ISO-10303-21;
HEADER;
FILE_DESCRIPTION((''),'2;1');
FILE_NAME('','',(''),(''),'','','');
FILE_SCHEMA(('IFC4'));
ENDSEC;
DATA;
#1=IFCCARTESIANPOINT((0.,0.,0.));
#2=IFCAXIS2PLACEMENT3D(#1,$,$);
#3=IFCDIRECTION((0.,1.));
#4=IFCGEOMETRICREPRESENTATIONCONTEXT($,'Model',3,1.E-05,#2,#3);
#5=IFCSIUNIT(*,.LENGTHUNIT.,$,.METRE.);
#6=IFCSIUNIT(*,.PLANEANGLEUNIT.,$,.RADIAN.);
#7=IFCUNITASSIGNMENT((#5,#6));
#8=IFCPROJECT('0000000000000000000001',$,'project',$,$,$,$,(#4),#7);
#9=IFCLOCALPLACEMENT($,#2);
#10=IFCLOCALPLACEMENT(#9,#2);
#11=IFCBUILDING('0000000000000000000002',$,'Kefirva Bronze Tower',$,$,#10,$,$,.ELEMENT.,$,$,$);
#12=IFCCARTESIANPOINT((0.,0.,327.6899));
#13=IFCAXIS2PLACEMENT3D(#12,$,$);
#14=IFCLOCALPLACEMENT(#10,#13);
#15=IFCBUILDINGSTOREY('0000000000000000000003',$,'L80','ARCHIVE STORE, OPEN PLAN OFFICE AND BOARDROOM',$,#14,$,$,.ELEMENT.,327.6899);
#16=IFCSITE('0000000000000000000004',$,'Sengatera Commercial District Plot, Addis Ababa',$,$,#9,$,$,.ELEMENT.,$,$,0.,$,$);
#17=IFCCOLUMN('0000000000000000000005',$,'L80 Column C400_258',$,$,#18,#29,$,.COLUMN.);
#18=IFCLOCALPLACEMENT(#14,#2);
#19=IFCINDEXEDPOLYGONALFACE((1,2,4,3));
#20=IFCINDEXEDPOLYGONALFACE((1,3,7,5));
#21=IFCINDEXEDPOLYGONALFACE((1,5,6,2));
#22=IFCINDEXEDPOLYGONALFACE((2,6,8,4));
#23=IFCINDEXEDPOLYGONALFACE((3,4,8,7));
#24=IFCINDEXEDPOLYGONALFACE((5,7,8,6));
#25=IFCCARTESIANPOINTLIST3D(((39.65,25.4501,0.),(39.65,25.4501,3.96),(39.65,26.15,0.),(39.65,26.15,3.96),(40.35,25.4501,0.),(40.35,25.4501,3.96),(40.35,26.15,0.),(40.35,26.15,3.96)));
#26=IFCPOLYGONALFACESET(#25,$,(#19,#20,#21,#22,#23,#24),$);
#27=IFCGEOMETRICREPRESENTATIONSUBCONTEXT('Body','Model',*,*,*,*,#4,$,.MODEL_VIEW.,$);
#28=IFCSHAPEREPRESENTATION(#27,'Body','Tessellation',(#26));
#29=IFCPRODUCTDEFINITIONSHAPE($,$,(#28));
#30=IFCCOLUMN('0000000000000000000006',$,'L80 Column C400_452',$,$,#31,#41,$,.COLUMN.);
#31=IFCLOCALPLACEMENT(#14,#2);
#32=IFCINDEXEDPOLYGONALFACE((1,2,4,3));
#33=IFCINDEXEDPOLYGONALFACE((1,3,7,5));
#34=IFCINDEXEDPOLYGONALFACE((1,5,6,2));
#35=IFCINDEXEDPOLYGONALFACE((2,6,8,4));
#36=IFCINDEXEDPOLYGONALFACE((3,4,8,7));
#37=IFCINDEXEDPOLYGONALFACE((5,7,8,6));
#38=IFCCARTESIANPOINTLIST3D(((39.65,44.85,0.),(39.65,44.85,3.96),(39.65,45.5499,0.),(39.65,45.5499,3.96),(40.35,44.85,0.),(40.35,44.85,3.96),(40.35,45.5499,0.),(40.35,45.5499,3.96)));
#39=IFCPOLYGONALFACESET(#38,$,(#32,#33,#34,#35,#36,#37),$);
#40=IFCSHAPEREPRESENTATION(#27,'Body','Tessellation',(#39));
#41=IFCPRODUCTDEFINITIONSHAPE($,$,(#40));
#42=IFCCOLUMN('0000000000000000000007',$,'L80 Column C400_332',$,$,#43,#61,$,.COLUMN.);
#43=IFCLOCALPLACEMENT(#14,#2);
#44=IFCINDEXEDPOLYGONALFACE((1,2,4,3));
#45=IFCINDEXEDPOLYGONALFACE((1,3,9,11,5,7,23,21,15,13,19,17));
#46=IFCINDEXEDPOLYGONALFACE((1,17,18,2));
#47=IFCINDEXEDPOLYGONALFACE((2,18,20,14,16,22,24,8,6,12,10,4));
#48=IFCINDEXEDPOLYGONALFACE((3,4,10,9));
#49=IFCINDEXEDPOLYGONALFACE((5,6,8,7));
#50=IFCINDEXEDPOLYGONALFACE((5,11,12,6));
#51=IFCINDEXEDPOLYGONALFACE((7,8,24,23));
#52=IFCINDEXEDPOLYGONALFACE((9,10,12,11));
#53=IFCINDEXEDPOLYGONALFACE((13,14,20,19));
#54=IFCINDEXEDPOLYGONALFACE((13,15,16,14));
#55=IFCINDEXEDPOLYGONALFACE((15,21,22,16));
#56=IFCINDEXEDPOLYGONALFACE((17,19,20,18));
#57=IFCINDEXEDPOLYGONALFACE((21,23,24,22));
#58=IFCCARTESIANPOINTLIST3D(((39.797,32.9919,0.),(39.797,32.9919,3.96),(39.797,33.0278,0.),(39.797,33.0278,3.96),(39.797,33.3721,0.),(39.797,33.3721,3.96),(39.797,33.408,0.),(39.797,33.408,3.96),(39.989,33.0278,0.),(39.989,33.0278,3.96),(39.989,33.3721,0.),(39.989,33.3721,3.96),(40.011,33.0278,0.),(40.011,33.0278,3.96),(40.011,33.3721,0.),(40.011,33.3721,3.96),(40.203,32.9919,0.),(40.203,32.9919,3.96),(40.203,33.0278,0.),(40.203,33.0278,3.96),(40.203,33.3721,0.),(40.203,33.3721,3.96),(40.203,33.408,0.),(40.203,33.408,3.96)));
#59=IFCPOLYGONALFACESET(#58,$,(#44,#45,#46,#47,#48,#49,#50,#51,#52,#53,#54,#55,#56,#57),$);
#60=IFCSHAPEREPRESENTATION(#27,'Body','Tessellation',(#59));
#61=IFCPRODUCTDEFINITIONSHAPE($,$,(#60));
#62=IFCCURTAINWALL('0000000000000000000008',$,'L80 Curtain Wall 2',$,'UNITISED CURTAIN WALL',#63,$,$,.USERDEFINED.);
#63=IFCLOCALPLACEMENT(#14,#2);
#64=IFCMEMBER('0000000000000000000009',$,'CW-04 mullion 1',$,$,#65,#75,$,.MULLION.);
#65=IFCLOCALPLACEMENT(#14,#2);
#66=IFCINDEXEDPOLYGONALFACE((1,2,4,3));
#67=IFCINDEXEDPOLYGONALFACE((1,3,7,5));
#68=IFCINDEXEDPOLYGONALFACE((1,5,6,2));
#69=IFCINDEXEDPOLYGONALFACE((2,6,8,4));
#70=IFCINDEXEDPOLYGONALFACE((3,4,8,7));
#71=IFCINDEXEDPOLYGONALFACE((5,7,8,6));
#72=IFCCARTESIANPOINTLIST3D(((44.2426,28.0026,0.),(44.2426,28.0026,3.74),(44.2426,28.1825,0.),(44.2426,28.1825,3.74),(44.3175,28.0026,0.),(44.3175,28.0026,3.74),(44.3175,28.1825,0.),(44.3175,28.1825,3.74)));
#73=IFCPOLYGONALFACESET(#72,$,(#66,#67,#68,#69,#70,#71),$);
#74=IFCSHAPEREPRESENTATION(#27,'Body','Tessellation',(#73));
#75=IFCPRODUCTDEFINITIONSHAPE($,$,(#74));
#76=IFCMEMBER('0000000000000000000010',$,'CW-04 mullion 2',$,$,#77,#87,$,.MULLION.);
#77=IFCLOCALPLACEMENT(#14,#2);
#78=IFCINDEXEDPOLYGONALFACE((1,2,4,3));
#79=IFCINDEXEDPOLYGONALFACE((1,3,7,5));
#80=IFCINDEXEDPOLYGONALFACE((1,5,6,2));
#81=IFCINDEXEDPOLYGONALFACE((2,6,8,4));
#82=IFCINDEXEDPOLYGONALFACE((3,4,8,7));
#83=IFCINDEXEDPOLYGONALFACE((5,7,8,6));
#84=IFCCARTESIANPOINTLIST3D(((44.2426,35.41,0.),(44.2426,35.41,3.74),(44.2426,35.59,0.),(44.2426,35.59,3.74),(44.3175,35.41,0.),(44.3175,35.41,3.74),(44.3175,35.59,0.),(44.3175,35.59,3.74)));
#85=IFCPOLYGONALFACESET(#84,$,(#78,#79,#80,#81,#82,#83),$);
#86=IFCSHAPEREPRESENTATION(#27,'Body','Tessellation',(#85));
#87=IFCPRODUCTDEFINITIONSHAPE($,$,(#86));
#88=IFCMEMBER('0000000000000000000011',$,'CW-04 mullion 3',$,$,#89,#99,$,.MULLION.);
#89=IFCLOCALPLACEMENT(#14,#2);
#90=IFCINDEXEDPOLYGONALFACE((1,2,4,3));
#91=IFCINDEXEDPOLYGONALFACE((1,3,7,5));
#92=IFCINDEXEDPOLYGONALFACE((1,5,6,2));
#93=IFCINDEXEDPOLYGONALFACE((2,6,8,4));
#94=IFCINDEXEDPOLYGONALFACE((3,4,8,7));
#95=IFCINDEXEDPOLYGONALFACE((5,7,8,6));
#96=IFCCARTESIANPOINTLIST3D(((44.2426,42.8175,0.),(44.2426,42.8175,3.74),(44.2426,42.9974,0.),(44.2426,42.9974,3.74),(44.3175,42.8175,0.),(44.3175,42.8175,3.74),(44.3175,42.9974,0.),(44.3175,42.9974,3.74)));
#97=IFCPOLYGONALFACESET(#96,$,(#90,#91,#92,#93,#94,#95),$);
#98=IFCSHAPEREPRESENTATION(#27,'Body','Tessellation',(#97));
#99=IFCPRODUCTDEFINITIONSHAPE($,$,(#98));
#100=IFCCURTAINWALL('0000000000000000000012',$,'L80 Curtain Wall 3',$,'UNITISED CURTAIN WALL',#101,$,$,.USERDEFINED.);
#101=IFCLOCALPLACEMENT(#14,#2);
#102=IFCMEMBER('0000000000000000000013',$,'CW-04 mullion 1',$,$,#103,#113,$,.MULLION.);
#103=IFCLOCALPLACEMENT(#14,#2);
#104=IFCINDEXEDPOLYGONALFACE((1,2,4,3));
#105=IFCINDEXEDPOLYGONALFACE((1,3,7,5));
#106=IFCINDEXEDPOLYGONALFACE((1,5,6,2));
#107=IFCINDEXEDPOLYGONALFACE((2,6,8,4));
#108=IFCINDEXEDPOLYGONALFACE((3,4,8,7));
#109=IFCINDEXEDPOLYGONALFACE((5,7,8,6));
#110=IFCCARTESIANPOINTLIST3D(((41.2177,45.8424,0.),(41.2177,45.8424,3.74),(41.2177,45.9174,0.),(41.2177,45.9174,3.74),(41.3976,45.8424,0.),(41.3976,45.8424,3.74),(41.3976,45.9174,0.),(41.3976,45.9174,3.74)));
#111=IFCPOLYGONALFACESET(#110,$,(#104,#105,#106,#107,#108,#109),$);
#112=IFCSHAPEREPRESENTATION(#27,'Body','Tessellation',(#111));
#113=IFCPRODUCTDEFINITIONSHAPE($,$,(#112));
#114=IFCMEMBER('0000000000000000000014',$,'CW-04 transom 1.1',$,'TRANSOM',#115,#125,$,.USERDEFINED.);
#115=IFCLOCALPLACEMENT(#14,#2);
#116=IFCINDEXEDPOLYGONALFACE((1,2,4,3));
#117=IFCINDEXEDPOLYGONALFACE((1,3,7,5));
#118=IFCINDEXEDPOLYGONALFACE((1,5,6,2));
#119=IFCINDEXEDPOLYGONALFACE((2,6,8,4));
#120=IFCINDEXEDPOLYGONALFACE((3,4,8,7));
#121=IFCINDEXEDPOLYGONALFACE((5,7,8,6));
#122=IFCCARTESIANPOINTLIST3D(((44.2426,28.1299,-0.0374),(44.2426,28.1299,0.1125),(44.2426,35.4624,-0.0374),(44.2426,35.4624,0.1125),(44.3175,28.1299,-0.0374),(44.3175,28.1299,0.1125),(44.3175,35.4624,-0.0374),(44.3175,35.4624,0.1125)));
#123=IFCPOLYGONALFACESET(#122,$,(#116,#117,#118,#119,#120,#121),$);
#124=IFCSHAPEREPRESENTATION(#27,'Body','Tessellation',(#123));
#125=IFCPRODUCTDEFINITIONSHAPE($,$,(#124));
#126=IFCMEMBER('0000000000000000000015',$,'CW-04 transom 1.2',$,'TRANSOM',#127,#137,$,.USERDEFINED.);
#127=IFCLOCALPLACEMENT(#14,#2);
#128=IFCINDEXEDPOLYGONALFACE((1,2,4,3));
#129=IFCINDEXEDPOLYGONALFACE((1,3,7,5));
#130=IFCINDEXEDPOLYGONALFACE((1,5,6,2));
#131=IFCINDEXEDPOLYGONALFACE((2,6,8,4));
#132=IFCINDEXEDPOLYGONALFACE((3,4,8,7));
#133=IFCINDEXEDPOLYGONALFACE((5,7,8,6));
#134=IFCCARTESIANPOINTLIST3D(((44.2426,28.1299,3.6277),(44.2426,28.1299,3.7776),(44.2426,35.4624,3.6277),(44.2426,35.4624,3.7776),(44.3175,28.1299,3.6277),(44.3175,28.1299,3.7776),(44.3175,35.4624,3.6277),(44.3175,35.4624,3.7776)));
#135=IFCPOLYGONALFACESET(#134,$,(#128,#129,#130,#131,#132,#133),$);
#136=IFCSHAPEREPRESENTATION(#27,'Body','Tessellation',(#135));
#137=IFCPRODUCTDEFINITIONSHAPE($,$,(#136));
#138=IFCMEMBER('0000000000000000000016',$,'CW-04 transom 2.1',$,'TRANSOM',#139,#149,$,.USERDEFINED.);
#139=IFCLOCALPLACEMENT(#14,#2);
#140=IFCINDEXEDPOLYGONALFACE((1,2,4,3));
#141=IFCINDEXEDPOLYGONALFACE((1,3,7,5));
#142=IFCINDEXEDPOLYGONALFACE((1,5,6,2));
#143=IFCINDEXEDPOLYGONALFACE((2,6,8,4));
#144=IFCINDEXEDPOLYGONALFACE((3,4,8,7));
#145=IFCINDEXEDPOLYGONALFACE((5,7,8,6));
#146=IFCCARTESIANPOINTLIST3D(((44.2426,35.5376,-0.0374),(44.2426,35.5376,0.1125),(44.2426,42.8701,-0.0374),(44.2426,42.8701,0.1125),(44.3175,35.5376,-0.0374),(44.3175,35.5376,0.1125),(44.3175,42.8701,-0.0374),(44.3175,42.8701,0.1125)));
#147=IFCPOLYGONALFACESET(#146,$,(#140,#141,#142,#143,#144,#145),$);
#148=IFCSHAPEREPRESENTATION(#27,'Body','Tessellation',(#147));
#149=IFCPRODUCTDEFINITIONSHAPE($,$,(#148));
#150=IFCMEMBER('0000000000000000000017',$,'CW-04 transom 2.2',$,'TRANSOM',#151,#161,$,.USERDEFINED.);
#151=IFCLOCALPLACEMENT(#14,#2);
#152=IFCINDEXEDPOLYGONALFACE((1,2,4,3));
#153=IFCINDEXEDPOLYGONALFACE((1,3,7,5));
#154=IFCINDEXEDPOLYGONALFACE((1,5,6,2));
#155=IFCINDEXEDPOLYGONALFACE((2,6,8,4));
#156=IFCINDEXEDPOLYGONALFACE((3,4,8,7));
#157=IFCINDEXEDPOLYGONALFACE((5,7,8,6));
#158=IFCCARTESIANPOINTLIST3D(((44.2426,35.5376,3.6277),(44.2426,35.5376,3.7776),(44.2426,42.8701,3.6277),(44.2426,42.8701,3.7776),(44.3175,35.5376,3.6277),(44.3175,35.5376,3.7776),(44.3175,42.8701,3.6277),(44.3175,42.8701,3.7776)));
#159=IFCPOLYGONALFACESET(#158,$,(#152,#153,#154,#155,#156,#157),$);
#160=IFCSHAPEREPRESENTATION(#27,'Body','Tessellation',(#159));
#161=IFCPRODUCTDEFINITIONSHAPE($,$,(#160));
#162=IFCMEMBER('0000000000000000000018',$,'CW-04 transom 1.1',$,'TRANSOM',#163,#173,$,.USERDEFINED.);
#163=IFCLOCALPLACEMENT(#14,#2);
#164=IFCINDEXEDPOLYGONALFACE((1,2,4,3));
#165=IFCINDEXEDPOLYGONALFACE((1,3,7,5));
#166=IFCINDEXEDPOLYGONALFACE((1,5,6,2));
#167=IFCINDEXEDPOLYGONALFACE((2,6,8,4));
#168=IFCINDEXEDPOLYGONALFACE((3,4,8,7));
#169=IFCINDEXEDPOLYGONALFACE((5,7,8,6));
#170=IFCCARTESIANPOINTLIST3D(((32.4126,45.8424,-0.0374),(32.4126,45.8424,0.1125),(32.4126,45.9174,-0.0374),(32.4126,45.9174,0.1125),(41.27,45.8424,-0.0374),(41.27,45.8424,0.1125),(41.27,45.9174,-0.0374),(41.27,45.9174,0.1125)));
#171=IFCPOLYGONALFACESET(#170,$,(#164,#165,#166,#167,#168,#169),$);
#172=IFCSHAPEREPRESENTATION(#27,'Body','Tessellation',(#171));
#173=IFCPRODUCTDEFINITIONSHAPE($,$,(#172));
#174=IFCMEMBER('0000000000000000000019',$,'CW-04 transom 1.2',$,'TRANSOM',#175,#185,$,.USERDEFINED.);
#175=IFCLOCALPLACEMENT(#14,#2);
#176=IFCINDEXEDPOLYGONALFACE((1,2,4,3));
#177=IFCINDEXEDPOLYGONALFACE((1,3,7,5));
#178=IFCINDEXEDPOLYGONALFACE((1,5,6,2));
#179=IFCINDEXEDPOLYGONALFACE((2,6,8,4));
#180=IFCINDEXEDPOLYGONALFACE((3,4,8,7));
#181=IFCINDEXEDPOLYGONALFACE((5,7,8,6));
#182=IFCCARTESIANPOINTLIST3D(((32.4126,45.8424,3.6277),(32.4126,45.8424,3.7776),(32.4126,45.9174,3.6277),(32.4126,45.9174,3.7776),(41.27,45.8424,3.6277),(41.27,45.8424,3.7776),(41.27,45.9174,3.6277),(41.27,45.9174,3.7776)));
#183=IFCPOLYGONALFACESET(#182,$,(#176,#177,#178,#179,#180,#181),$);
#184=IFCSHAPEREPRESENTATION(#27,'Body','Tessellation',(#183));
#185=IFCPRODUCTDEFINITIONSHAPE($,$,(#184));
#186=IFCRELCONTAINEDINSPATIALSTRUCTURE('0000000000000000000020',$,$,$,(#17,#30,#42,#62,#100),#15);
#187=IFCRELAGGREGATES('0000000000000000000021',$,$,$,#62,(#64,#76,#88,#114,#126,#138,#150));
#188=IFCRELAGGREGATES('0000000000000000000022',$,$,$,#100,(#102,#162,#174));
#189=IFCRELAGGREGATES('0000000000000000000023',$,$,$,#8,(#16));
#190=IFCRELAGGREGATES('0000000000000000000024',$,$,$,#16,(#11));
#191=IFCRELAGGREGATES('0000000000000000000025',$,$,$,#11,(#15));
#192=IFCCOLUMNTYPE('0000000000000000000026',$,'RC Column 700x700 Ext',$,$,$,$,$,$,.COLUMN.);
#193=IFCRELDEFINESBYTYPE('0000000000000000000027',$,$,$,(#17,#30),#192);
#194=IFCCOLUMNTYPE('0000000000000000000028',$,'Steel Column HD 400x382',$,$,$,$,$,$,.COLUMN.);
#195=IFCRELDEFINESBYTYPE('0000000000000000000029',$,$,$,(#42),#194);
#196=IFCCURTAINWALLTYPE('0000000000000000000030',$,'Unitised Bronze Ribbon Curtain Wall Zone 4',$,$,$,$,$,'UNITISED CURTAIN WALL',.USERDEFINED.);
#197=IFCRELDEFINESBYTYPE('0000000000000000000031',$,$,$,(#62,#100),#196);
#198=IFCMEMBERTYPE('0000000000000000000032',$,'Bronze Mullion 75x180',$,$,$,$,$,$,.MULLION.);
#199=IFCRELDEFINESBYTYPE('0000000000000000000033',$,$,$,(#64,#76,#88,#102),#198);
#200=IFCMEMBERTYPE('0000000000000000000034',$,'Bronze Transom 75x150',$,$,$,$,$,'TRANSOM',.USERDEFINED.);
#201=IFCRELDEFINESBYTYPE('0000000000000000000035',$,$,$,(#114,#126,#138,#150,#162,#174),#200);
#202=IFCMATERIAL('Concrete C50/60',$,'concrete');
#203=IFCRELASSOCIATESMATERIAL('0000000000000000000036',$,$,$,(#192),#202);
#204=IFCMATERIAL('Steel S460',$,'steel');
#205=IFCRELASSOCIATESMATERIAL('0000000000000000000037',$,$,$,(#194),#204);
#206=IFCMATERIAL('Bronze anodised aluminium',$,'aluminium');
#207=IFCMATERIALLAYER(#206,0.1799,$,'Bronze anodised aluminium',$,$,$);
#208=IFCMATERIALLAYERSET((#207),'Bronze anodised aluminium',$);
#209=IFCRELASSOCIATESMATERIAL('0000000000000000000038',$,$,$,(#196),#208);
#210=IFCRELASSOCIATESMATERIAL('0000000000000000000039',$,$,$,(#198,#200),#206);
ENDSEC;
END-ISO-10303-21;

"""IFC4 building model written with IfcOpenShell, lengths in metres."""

from ifc_helpers import new_model, si_unit, direction, frame, origin, origin_2d, place, context, subcontext, project, spatial, rectangle, i_section, extrude, material, layer, layer_set, material_profile, profile_set, type_object, element, aggregate, save


model = new_model("IFC4")

# Units and contexts
model_context = context("Model", 3, precision=1e-05, world=origin(), true_north=direction((0.0, 1.0)))
body_context = subcontext(model_context, "Body", "Model", "MODEL_VIEW")
ifc_project = project(units=[si_unit("LENGTHUNIT", "METRE"), si_unit("PLANEANGLEUNIT", "RADIAN")], contexts=[model_context])

# Site, building, storey
site_placement = place(None, origin())
site = spatial("IfcSite", under=ifc_project, at=site_placement, Name="Sengatera Commercial District Plot, Addis Ababa", CompositionType="ELEMENT", RefElevation=0.0)
building_placement = place(site_placement, origin())
building = spatial("IfcBuilding", under=site, at=building_placement, Name="Kefirva Bronze Tower", CompositionType="ELEMENT")
storey_placement = place(building_placement, frame((0.0, 0.0, 327.6899)))
storey = spatial("IfcBuildingStorey", under=building, at=storey_placement, Name="L80", Description="ARCHIVE STORE, OPEN PLAN OFFICE AND BOARDROOM", CompositionType="ELEMENT", Elevation=327.6899)

# Columns
ifc_material_1 = material(Name="Concrete C50/60", Category="concrete")
ifc_material_profile_1 = material_profile(ifc_material_1, rectangle(XDim=0.7, YDim=0.7, at=origin_2d()), Name="RC 700x700")
ifc_profile_set_1 = profile_set([ifc_material_profile_1], Name="Concrete C50/60")
column_type_1 = type_object("IfcColumnType", Name="RC Column 700x700 Ext", PredefinedType="COLUMN", material=ifc_profile_set_1)
for number, where, z_axis, x_axis, name in (
    (1, (40.0, 25.8, 0.0), (0.0, 0.0, 1.0), (1.0, 0.0, 0.0), "L80 Column C400_258"),
    (2, (40.0, 45.2, 0.0), (0.0, 0.0, 1.0), (1.0, 0.0, 0.0), "L80 Column C400_452"),
):
    element("IfcColumn", number, at=place(storey_placement, frame(where, z_axis=z_axis, x_axis=x_axis)), inside=storey, type_object=column_type_1, Name=name, PredefinedType="COLUMN", context=body_context, shape_type="SweptSolid", body=[
        extrude(rectangle(XDim=0.7, YDim=0.7, at=origin_2d()), origin(), (0.0, 0.0, 1.0), 3.96),
    ])
ifc_material_2 = material(Name="Steel S460", Category="steel")
ifc_material_profile_2 = material_profile(ifc_material_2, i_section(OverallWidth=0.406, OverallDepth=0.416, WebThickness=0.022, FlangeThickness=0.0359, at=origin_2d()), Name="HD 400x382")
ifc_profile_set_2 = profile_set([ifc_material_profile_2], Name="Steel S460")
column_type_2 = type_object("IfcColumnType", Name="Steel Column HD 400x382", PredefinedType="COLUMN", material=ifc_profile_set_2)
column_placement = place(storey_placement, frame((40.0, 33.2, 0.0), z_axis=(0.0, 0.0, 1.0), x_axis=(1.0, 0.0, 0.0)))
element("IfcColumn", 3, at=column_placement, inside=storey, type_object=column_type_2, Name="L80 Column C400_332", PredefinedType="COLUMN", context=body_context, shape_type="SweptSolid", body=[
    extrude(i_section(OverallWidth=0.406, OverallDepth=0.416, WebThickness=0.022, FlangeThickness=0.0359, at=origin_2d()), origin(), (0.0, 0.0, 1.0), 3.96),
])

# Curtain wall, members
ifc_material_3 = material(Name="Bronze anodised aluminium", Category="aluminium")
ifc_layer_1 = layer(ifc_material_3, 0.1799, Name="Bronze anodised aluminium")
ifc_layer_set_1 = layer_set([ifc_layer_1], Name="Bronze anodised aluminium")
curtain_wall_type = type_object("IfcCurtainWallType", Name="Unitised Bronze Ribbon Curtain Wall Zone 4", ElementType="UNITISED CURTAIN WALL", PredefinedType="USERDEFINED", material=ifc_layer_set_1)
curtain_wall_1_placement = place(storey_placement, origin())
curtain_wall_1 = element("IfcCurtainWall", 4, at=curtain_wall_1_placement, inside=storey, type_object=curtain_wall_type, Name="L80 Curtain Wall 2", ObjectType="UNITISED CURTAIN WALL", PredefinedType="USERDEFINED")
ifc_material_profile_3 = material_profile(ifc_material_3, rectangle(XDim=0.075, YDim=0.1799, at=origin_2d()), Name="ALU 75x180")
ifc_profile_set_3 = profile_set([ifc_material_profile_3], Name="Bronze anodised aluminium")
member_type_1 = type_object("IfcMemberType", Name="Bronze Mullion 75x180", PredefinedType="MULLION", material=ifc_profile_set_3)
member_1_placement = place(storey_placement, frame((44.28, 28.0925, 0.0), z_axis=(0.0, 0.0, 1.0), x_axis=(-1.0, 0.0, 0.0)))
member_1 = element("IfcMember", 5, at=member_1_placement, type_object=member_type_1, Name="CW-04 mullion 1", PredefinedType="MULLION", context=body_context, shape_type="SweptSolid", body=[
    extrude(rectangle(XDim=0.075, YDim=0.1799, at=origin_2d()), origin(), (0.0, 0.0, 1.0), 3.74),
])
member_2_placement = place(storey_placement, frame((44.28, 35.5, 0.0), z_axis=(0.0, 0.0, 1.0), x_axis=(-1.0, 0.0, 0.0)))
member_2 = element("IfcMember", 6, at=member_2_placement, type_object=member_type_1, Name="CW-04 mullion 2", PredefinedType="MULLION", context=body_context, shape_type="SweptSolid", body=[
    extrude(rectangle(XDim=0.075, YDim=0.1799, at=origin_2d()), origin(), (0.0, 0.0, 1.0), 3.74),
])
member_3_placement = place(storey_placement, frame((44.28, 42.9075, 0.0), z_axis=(0.0, 0.0, 1.0), x_axis=(-1.0, 0.0, 0.0)))
member_3 = element("IfcMember", 7, at=member_3_placement, type_object=member_type_1, Name="CW-04 mullion 3", PredefinedType="MULLION", context=body_context, shape_type="SweptSolid", body=[
    extrude(rectangle(XDim=0.075, YDim=0.1799, at=origin_2d()), origin(), (0.0, 0.0, 1.0), 3.74),
])

# Curtain wall, member
curtain_wall_2_placement = place(storey_placement, origin())
curtain_wall_2 = element("IfcCurtainWall", 8, at=curtain_wall_2_placement, inside=storey, type_object=curtain_wall_type, Name="L80 Curtain Wall 3", ObjectType="UNITISED CURTAIN WALL", PredefinedType="USERDEFINED")
member_4_placement = place(storey_placement, frame((41.3076, 45.8799, 0.0), z_axis=(0.0, 0.0, 1.0), x_axis=(0.0, -1.0, 0.0)))
member_4 = element("IfcMember", 9, at=member_4_placement, type_object=member_type_1, Name="CW-04 mullion 1", PredefinedType="MULLION", context=body_context, shape_type="SweptSolid", body=[
    extrude(rectangle(XDim=0.075, YDim=0.1799, at=origin_2d()), origin(), (0.0, 0.0, 1.0), 3.74),
])

# Members
ifc_material_profile_4 = material_profile(ifc_material_3, rectangle(XDim=0.075, YDim=0.1499, at=origin_2d()), Name="ALU 75x150")
ifc_profile_set_4 = profile_set([ifc_material_profile_4], Name="Bronze anodised aluminium")
member_type_2 = type_object("IfcMemberType", Name="Bronze Transom 75x150", ElementType="TRANSOM", PredefinedType="USERDEFINED", material=ifc_profile_set_4)
member_5_placement = place(storey_placement, frame((44.28, 28.1299, 0.0376), z_axis=(0.0, 1.0, 0.0), x_axis=(-1.0, 0.0, 0.0)))
member_5 = element("IfcMember", 10, at=member_5_placement, type_object=member_type_2, Name="CW-04 transom 1.1", ObjectType="TRANSOM", PredefinedType="USERDEFINED", context=body_context, shape_type="SweptSolid", body=[
    extrude(rectangle(XDim=0.075, YDim=0.1499, at=origin_2d()), origin(), (0.0, 0.0, 1.0), 7.3325),
])
member_6_placement = place(storey_placement, frame((44.28, 28.1299, 3.7026), z_axis=(0.0, 1.0, 0.0), x_axis=(-1.0, 0.0, 0.0)))
member_6 = element("IfcMember", 11, at=member_6_placement, type_object=member_type_2, Name="CW-04 transom 1.2", ObjectType="TRANSOM", PredefinedType="USERDEFINED", context=body_context, shape_type="SweptSolid", body=[
    extrude(rectangle(XDim=0.075, YDim=0.1499, at=origin_2d()), origin(), (0.0, 0.0, 1.0), 7.3325),
])
member_7_placement = place(storey_placement, frame((44.28, 35.5376, 0.0376), z_axis=(0.0, 1.0, 0.0), x_axis=(-1.0, 0.0, 0.0)))
member_7 = element("IfcMember", 12, at=member_7_placement, type_object=member_type_2, Name="CW-04 transom 2.1", ObjectType="TRANSOM", PredefinedType="USERDEFINED", context=body_context, shape_type="SweptSolid", body=[
    extrude(rectangle(XDim=0.075, YDim=0.1499, at=origin_2d()), origin(), (0.0, 0.0, 1.0), 7.3325),
])
member_8_placement = place(storey_placement, frame((44.28, 35.5376, 3.7026), z_axis=(0.0, 1.0, 0.0), x_axis=(-1.0, 0.0, 0.0)))
member_8 = element("IfcMember", 13, at=member_8_placement, type_object=member_type_2, Name="CW-04 transom 2.2", ObjectType="TRANSOM", PredefinedType="USERDEFINED", context=body_context, shape_type="SweptSolid", body=[
    extrude(rectangle(XDim=0.075, YDim=0.1499, at=origin_2d()), origin(), (0.0, 0.0, 1.0), 7.3325),
])
member_9_placement = place(storey_placement, frame((41.27, 45.8799, 0.0376), z_axis=(-1.0, 0.0, 0.0), x_axis=(0.0, -1.0, 0.0)))
member_9 = element("IfcMember", 14, at=member_9_placement, type_object=member_type_2, Name="CW-04 transom 1.1", ObjectType="TRANSOM", PredefinedType="USERDEFINED", context=body_context, shape_type="SweptSolid", body=[
    extrude(rectangle(XDim=0.075, YDim=0.1499, at=origin_2d()), origin(), (0.0, 0.0, 1.0), 8.8574),
])
member_10_placement = place(storey_placement, frame((41.27, 45.8799, 3.7026), z_axis=(-1.0, 0.0, 0.0), x_axis=(0.0, -1.0, 0.0)))
member_10 = element("IfcMember", 15, at=member_10_placement, type_object=member_type_2, Name="CW-04 transom 1.2", ObjectType="TRANSOM", PredefinedType="USERDEFINED", context=body_context, shape_type="SweptSolid", body=[
    extrude(rectangle(XDim=0.075, YDim=0.1499, at=origin_2d()), origin(), (0.0, 0.0, 1.0), 8.8574),
])

aggregate(curtain_wall_1, [member_1, member_2, member_3, member_5, member_6, member_7, member_8])
aggregate(curtain_wall_2, [member_4, member_9, member_10])

save(model, "model.ifc")
